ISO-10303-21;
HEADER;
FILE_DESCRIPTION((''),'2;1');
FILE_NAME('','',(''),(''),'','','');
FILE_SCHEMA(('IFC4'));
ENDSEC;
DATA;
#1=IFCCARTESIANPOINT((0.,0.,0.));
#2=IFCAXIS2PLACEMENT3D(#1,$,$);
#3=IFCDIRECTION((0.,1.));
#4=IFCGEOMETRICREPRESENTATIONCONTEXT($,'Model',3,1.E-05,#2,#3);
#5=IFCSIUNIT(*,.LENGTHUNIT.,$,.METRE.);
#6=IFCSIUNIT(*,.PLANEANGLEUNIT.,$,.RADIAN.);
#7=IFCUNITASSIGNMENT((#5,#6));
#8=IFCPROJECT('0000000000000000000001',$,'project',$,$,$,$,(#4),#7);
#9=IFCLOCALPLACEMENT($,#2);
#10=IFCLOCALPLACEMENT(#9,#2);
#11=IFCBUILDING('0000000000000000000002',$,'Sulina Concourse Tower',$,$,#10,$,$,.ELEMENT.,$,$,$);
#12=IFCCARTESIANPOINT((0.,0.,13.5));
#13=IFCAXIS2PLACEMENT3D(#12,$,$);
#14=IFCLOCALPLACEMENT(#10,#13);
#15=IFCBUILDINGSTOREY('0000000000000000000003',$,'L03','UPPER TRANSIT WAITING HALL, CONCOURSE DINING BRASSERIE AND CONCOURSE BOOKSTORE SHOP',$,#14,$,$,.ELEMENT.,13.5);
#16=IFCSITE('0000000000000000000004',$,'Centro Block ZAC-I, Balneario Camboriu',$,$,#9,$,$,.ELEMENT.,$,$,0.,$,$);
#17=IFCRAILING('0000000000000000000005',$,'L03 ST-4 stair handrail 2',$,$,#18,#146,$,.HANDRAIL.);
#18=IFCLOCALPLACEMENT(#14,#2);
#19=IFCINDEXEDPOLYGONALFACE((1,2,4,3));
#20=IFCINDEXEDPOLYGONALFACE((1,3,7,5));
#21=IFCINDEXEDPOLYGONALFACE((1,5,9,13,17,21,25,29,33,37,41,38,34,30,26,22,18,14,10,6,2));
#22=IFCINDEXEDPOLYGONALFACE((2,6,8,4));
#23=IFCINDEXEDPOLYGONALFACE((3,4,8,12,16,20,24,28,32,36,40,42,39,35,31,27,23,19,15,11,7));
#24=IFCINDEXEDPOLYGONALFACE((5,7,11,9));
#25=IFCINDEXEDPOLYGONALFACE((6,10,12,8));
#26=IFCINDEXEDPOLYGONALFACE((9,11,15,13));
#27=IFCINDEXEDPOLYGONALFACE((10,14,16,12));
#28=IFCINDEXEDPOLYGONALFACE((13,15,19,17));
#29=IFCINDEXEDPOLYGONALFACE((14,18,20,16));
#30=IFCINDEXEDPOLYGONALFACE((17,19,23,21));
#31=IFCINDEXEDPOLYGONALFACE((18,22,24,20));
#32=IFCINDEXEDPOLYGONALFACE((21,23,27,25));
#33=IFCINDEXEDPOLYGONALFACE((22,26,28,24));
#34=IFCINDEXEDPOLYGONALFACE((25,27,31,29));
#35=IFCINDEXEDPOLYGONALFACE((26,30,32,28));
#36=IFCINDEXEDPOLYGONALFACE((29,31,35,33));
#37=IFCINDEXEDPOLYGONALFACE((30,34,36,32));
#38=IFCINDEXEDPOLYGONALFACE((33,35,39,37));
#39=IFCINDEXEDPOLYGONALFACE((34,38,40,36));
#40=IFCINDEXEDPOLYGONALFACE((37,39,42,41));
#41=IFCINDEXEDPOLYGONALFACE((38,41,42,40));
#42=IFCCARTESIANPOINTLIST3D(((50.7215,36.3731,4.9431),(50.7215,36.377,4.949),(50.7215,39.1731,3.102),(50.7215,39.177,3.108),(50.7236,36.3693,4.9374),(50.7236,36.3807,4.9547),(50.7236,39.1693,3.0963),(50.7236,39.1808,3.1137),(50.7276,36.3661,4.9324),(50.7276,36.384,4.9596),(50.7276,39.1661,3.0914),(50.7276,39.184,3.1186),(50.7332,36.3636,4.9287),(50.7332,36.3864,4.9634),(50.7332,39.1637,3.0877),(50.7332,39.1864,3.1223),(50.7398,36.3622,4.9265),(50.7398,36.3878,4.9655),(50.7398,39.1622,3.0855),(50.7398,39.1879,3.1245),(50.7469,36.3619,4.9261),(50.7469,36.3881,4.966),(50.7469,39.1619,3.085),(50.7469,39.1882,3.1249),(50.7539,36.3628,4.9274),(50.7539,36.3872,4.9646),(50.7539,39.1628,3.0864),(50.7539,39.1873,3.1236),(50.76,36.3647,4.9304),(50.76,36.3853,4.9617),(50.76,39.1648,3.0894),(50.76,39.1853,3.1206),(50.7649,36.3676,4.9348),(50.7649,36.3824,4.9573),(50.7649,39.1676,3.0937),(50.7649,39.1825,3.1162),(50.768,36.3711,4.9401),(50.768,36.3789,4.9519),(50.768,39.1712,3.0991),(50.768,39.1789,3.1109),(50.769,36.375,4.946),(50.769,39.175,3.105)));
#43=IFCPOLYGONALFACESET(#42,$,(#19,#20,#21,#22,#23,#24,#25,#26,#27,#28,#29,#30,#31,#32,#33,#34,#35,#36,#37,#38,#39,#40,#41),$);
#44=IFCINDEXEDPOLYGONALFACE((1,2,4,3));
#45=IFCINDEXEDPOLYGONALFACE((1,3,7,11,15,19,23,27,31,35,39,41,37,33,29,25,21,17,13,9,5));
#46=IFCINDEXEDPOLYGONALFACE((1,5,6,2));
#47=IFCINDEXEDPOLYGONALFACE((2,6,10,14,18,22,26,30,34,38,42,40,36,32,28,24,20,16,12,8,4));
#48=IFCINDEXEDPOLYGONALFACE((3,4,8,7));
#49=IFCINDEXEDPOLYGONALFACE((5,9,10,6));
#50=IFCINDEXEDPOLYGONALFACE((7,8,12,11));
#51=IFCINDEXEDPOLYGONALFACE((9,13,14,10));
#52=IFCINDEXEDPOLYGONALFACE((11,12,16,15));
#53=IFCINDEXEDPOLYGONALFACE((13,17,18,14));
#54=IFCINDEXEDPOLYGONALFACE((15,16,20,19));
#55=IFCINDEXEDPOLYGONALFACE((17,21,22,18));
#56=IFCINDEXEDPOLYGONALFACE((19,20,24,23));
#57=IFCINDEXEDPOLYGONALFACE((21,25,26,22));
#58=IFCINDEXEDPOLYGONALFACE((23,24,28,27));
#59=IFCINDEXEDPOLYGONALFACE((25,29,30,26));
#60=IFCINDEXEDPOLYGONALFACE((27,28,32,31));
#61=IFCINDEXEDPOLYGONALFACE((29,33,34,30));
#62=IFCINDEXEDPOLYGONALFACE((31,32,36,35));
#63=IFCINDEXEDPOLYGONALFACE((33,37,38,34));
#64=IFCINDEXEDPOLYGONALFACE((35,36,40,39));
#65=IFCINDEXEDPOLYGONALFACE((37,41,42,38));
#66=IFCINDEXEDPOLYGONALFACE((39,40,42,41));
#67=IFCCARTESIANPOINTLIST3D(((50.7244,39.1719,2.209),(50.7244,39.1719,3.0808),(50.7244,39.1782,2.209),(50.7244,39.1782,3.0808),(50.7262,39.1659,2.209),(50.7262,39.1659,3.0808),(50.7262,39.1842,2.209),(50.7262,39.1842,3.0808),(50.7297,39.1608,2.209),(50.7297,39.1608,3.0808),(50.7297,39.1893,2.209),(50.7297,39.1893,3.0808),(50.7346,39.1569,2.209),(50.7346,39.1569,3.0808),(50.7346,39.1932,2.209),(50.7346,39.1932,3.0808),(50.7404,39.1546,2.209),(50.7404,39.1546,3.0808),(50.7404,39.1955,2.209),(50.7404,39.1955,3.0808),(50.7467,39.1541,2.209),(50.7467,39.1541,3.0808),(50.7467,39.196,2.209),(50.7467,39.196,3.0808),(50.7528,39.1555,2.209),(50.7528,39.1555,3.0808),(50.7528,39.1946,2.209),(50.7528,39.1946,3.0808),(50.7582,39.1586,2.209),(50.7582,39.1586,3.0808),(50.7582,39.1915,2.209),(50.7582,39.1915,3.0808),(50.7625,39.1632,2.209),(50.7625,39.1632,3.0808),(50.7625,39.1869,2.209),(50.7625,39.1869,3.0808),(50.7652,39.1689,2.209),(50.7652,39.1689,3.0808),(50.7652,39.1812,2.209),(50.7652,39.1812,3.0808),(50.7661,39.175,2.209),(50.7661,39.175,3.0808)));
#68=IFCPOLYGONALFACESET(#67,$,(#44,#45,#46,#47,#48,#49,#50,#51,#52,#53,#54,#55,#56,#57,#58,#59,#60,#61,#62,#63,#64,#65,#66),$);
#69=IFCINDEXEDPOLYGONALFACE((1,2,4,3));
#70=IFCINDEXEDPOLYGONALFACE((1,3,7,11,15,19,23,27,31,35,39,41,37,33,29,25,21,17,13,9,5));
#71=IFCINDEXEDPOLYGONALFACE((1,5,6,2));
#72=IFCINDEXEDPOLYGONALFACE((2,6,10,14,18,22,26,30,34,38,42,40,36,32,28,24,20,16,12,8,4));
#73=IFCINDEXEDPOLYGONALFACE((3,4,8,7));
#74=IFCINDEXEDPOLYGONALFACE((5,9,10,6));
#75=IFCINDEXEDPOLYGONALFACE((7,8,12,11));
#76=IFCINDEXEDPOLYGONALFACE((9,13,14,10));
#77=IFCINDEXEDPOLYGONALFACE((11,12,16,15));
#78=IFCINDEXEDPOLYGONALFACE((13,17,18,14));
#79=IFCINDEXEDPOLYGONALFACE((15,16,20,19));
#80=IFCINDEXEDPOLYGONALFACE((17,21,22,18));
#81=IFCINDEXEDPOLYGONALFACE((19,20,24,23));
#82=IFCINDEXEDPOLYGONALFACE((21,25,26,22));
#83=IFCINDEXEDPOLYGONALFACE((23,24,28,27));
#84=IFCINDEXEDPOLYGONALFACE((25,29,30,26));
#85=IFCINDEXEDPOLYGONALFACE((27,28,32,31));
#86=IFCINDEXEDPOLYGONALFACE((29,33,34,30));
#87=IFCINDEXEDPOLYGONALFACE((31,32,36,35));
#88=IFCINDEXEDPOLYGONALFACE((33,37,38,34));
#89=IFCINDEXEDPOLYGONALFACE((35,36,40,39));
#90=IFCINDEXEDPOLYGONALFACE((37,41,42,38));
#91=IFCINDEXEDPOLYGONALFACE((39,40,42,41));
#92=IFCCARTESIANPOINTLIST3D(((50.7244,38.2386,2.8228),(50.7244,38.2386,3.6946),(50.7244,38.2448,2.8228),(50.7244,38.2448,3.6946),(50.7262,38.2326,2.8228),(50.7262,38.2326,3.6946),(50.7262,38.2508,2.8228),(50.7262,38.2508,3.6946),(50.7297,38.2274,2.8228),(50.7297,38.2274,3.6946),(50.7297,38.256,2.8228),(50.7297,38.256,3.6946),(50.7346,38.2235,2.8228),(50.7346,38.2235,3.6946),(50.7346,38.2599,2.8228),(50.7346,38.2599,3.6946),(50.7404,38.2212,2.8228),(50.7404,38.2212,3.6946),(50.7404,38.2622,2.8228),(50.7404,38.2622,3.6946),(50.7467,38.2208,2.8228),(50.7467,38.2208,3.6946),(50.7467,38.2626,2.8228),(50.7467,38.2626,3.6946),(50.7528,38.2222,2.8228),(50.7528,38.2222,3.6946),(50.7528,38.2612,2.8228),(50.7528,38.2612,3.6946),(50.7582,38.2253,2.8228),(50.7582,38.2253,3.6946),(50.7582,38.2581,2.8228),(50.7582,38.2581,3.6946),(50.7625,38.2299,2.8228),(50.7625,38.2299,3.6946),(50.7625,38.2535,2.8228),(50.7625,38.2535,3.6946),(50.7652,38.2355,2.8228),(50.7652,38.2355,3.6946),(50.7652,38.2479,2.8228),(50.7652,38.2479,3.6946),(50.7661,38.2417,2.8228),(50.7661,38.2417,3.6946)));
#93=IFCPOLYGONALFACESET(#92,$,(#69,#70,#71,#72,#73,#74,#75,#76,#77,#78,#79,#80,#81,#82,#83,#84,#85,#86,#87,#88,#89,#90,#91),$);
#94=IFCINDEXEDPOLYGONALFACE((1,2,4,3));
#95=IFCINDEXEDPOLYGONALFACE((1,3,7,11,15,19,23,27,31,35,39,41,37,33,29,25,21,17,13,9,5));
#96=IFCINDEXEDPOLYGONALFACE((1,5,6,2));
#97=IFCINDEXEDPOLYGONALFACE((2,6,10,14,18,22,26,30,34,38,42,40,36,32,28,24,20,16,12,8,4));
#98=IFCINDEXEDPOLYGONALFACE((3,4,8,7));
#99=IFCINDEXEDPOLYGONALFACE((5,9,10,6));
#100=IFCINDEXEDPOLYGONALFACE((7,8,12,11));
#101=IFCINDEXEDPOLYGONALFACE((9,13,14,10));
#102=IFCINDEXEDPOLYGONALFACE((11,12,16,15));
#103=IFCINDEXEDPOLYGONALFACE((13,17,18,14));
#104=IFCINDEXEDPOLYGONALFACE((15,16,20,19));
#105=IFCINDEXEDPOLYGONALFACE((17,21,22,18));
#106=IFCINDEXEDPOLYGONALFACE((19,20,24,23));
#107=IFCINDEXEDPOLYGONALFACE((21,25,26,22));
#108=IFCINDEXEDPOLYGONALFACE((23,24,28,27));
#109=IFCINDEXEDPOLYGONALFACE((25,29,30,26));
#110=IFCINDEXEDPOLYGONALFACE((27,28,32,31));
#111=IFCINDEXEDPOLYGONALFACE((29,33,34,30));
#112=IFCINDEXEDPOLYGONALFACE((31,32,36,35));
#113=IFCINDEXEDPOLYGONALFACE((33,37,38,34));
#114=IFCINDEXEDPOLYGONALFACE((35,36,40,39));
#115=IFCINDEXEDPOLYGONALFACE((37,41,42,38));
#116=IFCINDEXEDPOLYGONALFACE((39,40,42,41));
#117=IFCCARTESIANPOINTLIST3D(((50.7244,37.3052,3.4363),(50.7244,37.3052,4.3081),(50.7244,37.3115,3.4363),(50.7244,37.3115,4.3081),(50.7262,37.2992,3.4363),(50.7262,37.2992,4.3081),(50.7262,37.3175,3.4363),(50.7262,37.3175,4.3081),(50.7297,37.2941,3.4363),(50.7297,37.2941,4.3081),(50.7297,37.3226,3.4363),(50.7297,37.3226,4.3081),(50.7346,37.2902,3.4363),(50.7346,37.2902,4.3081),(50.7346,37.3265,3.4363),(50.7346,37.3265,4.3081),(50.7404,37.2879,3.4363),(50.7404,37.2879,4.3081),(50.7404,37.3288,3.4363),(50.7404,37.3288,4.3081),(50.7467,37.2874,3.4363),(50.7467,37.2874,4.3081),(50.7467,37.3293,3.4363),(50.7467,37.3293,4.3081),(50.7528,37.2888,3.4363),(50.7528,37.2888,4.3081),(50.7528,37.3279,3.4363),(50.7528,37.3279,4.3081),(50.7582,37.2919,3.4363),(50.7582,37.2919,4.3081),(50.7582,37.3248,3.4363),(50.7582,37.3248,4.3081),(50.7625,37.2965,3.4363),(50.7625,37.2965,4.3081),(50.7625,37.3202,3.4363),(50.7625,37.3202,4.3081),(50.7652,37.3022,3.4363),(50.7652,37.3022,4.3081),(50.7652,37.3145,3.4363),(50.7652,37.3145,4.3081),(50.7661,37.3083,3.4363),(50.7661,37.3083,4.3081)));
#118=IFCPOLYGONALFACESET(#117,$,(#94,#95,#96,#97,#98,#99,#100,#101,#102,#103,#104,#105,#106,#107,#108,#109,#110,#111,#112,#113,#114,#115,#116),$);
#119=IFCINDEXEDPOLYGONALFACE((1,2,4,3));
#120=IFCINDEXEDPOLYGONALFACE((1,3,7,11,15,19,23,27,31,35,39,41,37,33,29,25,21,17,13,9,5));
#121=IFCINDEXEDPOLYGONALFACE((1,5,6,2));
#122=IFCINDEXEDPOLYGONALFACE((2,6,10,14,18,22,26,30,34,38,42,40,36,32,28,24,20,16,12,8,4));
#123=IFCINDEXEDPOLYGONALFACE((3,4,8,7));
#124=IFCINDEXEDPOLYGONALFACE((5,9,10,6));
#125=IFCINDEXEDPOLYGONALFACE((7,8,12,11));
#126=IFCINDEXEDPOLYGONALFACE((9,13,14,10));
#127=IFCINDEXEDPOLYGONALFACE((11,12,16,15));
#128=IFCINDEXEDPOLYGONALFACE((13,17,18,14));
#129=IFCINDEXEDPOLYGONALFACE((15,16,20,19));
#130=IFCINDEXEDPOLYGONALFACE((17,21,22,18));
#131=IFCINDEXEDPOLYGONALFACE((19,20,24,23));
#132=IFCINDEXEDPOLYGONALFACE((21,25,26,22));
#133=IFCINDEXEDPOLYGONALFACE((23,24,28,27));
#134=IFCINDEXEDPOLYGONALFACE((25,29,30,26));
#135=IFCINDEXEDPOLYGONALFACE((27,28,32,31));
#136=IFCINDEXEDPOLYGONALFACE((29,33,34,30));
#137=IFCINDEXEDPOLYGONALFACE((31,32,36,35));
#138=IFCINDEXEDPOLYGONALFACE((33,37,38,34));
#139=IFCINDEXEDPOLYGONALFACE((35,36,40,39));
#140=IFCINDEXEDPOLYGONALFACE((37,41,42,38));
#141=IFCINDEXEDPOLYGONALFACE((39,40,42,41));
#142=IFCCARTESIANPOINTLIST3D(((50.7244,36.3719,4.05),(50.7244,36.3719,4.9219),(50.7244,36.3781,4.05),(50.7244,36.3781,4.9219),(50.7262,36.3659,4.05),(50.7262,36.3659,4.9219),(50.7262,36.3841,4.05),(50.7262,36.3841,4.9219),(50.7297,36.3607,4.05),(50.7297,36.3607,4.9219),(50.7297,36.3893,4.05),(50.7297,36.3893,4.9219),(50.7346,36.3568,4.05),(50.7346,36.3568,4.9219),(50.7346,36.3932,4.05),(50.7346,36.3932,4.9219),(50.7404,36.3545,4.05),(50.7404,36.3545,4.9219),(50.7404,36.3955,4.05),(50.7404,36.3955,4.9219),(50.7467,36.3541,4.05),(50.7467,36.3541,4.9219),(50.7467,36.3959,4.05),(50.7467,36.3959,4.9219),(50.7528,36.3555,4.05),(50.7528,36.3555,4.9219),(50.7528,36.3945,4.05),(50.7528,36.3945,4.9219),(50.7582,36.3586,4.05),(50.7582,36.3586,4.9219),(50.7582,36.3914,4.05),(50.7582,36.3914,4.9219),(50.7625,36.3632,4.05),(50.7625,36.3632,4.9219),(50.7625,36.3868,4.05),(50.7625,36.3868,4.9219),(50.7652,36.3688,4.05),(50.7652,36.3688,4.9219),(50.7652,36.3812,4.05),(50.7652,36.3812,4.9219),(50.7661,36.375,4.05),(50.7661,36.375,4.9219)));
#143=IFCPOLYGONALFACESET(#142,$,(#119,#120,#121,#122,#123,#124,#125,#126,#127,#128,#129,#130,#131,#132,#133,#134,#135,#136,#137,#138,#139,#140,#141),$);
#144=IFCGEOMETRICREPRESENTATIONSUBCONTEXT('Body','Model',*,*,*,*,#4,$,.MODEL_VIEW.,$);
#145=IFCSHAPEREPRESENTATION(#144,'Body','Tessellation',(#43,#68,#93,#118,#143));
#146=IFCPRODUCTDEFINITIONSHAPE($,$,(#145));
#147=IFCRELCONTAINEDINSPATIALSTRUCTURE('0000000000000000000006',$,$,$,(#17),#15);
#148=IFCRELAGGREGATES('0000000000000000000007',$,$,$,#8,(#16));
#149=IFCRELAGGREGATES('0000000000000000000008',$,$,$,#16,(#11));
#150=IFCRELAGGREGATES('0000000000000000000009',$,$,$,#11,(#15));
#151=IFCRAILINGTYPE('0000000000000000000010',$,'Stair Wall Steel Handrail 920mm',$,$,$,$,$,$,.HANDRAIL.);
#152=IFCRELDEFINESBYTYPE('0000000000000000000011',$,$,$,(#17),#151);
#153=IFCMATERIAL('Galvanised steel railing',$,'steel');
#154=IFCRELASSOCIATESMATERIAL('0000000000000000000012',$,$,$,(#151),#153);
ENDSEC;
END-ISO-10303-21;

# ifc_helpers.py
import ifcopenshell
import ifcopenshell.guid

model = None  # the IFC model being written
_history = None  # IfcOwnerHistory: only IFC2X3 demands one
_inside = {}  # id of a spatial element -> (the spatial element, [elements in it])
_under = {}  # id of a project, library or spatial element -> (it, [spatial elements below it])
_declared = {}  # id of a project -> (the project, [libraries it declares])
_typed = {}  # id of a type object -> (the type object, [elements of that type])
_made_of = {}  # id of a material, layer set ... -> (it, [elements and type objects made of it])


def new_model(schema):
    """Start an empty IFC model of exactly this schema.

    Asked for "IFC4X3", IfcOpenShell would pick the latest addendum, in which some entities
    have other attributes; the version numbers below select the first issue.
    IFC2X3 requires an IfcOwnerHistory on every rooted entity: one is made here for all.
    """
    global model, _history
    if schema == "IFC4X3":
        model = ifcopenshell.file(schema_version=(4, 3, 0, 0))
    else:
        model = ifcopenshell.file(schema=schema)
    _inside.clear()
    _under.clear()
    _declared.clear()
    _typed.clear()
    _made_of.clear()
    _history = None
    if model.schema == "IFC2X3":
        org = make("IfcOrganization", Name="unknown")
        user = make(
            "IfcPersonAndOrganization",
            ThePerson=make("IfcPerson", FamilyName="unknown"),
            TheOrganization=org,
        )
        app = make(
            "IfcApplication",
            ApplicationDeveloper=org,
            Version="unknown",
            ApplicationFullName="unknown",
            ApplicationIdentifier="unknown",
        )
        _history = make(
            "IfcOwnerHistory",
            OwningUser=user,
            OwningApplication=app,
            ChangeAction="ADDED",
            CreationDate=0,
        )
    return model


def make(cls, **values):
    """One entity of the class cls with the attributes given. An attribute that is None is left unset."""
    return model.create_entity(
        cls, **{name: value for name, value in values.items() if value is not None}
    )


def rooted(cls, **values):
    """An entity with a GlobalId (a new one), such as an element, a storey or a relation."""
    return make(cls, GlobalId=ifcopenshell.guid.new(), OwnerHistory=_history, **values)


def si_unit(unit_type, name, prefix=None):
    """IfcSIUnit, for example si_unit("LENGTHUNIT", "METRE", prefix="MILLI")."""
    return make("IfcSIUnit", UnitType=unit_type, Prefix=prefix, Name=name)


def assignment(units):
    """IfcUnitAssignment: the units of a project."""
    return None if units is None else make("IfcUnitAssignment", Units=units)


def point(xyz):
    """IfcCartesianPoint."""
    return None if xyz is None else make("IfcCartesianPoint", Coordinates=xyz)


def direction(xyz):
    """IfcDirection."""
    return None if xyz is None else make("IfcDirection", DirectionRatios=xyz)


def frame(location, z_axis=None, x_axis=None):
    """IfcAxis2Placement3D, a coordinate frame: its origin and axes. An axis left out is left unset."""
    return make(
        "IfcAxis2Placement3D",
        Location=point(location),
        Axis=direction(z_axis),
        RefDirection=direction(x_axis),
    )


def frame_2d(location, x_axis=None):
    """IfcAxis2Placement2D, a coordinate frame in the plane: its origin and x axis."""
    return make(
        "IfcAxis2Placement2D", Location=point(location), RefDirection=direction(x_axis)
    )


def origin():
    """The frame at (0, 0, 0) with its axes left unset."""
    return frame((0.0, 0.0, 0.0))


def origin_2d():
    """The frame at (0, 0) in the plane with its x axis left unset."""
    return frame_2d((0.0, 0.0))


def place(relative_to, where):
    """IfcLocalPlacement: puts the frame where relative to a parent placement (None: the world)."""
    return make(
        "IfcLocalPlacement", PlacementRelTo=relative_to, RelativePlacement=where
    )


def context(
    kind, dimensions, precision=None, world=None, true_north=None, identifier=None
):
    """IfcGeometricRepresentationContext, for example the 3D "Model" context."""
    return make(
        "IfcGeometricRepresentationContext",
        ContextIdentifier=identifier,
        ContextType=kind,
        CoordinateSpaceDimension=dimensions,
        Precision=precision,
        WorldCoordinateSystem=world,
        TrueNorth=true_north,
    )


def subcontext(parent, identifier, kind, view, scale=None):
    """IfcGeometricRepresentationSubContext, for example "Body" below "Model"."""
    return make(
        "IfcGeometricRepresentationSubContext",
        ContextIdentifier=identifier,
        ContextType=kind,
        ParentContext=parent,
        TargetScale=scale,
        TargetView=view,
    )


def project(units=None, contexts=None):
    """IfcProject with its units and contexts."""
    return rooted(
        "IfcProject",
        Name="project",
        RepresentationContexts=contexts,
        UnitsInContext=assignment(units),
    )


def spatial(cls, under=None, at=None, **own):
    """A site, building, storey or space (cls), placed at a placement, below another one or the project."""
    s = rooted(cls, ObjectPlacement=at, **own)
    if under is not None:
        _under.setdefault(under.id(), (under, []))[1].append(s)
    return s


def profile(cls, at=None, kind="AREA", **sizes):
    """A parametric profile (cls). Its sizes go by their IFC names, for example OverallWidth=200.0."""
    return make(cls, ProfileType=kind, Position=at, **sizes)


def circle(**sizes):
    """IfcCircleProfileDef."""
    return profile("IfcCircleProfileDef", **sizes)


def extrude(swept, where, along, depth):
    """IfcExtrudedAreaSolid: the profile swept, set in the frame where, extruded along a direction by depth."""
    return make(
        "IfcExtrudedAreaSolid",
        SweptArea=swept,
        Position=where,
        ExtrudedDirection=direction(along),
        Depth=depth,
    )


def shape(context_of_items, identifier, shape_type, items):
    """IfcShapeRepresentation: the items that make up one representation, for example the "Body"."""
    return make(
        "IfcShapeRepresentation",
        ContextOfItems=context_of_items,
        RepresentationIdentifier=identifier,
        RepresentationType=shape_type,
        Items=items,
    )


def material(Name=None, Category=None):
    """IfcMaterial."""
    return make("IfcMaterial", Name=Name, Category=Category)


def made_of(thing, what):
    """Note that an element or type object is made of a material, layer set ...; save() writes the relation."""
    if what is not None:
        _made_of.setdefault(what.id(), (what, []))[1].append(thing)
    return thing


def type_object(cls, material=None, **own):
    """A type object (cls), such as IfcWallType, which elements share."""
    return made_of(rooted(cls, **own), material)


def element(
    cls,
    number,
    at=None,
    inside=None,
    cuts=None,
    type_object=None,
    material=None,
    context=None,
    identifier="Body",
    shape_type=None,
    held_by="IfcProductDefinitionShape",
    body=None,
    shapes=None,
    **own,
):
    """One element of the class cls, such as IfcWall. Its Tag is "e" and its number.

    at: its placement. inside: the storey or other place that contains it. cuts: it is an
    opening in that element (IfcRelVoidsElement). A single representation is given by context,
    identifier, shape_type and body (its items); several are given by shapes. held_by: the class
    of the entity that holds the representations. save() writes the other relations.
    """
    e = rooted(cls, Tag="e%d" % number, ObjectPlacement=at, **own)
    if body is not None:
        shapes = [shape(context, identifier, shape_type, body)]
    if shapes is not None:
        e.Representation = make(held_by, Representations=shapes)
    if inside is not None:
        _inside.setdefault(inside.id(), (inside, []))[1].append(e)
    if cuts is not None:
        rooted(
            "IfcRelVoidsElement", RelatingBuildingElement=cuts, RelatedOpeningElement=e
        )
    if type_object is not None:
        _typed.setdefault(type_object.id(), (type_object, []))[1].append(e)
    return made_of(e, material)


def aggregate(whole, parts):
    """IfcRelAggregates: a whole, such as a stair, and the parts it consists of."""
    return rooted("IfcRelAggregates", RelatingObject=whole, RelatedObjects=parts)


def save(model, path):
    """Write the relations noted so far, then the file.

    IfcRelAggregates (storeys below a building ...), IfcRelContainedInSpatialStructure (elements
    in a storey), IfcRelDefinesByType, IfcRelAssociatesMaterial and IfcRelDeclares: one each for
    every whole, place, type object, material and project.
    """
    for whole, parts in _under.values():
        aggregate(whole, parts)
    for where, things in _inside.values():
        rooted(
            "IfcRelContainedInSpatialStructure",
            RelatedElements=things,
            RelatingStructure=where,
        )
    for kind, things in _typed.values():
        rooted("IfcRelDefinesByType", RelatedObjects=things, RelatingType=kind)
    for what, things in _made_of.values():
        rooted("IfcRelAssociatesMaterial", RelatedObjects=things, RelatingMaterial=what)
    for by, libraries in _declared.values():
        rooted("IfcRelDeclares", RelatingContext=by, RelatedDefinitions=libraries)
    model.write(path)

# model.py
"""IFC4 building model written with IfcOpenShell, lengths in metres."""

from ifc_helpers import new_model, si_unit, direction, frame, origin, origin_2d, place, context, subcontext, project, spatial, circle, extrude, material, type_object, element, save


model = new_model("IFC4")

# Units and contexts
model_context = context("Model", 3, precision=1e-05, world=origin(), true_north=direction((0.0, 1.0)))
body_context = subcontext(model_context, "Body", "Model", "MODEL_VIEW")
ifc_project = project(units=[si_unit("LENGTHUNIT", "METRE"), si_unit("PLANEANGLEUNIT", "RADIAN")], contexts=[model_context])

# Site, building, storey
site_placement = place(None, origin())
site = spatial("IfcSite", under=ifc_project, at=site_placement, Name="Centro Block ZAC-I, Balneario Camboriu", CompositionType="ELEMENT", RefElevation=0.0)
building_placement = place(site_placement, origin())
building = spatial("IfcBuilding", under=site, at=building_placement, Name="Sulina Concourse Tower", CompositionType="ELEMENT")
storey_placement = place(building_placement, frame((0.0, 0.0, 13.5)))
storey = spatial("IfcBuildingStorey", under=building, at=storey_placement, Name="L03", Description="UPPER TRANSIT WAITING HALL, CONCOURSE DINING BRASSERIE AND CONCOURSE BOOKSTORE SHOP", CompositionType="ELEMENT", Elevation=13.5)

# Railing
ifc_material_1 = material(Name="Galvanised steel railing", Category="steel")
railing_type_1 = type_object("IfcRailingType", Name="Stair Wall Steel Handrail 920mm", PredefinedType="HANDRAIL", material=ifc_material_1)
railing_1_placement = place(storey_placement, frame((50.7451, 39.175, 2.209)))
element("IfcRailing", 1, at=railing_1_placement, inside=storey, type_object=railing_type_1, Name="L03 ST-4 stair handrail 2", PredefinedType="HANDRAIL", context=body_context, shape_type="SweptSolid", body=[
    extrude(circle(Radius=0.0239, at=origin_2d()), frame((0.0, 0.0, 0.896), z_axis=(0.0, -0.835564, 0.549393), x_axis=(1.0, 0.0, 0.0)), (0.0, 0.0, 1.0), 3.3511),
    extrude(circle(Radius=0.021, at=origin_2d()), origin(), (0.0, 0.0, 1.0), 0.8718),
    extrude(circle(Radius=0.021, at=origin_2d()), frame((0.0, -0.9333, 0.6138)), (0.0, 0.0, 1.0), 0.8718),
    extrude(circle(Radius=0.021, at=origin_2d()), frame((0.0, -1.8667, 1.2273)), (0.0, 0.0, 1.0), 0.8718),
    extrude(circle(Radius=0.021, at=origin_2d()), frame((0.0, -2.8, 1.8411)), (0.0, 0.0, 1.0), 0.8718),
])

save(model, "model.ifc")
